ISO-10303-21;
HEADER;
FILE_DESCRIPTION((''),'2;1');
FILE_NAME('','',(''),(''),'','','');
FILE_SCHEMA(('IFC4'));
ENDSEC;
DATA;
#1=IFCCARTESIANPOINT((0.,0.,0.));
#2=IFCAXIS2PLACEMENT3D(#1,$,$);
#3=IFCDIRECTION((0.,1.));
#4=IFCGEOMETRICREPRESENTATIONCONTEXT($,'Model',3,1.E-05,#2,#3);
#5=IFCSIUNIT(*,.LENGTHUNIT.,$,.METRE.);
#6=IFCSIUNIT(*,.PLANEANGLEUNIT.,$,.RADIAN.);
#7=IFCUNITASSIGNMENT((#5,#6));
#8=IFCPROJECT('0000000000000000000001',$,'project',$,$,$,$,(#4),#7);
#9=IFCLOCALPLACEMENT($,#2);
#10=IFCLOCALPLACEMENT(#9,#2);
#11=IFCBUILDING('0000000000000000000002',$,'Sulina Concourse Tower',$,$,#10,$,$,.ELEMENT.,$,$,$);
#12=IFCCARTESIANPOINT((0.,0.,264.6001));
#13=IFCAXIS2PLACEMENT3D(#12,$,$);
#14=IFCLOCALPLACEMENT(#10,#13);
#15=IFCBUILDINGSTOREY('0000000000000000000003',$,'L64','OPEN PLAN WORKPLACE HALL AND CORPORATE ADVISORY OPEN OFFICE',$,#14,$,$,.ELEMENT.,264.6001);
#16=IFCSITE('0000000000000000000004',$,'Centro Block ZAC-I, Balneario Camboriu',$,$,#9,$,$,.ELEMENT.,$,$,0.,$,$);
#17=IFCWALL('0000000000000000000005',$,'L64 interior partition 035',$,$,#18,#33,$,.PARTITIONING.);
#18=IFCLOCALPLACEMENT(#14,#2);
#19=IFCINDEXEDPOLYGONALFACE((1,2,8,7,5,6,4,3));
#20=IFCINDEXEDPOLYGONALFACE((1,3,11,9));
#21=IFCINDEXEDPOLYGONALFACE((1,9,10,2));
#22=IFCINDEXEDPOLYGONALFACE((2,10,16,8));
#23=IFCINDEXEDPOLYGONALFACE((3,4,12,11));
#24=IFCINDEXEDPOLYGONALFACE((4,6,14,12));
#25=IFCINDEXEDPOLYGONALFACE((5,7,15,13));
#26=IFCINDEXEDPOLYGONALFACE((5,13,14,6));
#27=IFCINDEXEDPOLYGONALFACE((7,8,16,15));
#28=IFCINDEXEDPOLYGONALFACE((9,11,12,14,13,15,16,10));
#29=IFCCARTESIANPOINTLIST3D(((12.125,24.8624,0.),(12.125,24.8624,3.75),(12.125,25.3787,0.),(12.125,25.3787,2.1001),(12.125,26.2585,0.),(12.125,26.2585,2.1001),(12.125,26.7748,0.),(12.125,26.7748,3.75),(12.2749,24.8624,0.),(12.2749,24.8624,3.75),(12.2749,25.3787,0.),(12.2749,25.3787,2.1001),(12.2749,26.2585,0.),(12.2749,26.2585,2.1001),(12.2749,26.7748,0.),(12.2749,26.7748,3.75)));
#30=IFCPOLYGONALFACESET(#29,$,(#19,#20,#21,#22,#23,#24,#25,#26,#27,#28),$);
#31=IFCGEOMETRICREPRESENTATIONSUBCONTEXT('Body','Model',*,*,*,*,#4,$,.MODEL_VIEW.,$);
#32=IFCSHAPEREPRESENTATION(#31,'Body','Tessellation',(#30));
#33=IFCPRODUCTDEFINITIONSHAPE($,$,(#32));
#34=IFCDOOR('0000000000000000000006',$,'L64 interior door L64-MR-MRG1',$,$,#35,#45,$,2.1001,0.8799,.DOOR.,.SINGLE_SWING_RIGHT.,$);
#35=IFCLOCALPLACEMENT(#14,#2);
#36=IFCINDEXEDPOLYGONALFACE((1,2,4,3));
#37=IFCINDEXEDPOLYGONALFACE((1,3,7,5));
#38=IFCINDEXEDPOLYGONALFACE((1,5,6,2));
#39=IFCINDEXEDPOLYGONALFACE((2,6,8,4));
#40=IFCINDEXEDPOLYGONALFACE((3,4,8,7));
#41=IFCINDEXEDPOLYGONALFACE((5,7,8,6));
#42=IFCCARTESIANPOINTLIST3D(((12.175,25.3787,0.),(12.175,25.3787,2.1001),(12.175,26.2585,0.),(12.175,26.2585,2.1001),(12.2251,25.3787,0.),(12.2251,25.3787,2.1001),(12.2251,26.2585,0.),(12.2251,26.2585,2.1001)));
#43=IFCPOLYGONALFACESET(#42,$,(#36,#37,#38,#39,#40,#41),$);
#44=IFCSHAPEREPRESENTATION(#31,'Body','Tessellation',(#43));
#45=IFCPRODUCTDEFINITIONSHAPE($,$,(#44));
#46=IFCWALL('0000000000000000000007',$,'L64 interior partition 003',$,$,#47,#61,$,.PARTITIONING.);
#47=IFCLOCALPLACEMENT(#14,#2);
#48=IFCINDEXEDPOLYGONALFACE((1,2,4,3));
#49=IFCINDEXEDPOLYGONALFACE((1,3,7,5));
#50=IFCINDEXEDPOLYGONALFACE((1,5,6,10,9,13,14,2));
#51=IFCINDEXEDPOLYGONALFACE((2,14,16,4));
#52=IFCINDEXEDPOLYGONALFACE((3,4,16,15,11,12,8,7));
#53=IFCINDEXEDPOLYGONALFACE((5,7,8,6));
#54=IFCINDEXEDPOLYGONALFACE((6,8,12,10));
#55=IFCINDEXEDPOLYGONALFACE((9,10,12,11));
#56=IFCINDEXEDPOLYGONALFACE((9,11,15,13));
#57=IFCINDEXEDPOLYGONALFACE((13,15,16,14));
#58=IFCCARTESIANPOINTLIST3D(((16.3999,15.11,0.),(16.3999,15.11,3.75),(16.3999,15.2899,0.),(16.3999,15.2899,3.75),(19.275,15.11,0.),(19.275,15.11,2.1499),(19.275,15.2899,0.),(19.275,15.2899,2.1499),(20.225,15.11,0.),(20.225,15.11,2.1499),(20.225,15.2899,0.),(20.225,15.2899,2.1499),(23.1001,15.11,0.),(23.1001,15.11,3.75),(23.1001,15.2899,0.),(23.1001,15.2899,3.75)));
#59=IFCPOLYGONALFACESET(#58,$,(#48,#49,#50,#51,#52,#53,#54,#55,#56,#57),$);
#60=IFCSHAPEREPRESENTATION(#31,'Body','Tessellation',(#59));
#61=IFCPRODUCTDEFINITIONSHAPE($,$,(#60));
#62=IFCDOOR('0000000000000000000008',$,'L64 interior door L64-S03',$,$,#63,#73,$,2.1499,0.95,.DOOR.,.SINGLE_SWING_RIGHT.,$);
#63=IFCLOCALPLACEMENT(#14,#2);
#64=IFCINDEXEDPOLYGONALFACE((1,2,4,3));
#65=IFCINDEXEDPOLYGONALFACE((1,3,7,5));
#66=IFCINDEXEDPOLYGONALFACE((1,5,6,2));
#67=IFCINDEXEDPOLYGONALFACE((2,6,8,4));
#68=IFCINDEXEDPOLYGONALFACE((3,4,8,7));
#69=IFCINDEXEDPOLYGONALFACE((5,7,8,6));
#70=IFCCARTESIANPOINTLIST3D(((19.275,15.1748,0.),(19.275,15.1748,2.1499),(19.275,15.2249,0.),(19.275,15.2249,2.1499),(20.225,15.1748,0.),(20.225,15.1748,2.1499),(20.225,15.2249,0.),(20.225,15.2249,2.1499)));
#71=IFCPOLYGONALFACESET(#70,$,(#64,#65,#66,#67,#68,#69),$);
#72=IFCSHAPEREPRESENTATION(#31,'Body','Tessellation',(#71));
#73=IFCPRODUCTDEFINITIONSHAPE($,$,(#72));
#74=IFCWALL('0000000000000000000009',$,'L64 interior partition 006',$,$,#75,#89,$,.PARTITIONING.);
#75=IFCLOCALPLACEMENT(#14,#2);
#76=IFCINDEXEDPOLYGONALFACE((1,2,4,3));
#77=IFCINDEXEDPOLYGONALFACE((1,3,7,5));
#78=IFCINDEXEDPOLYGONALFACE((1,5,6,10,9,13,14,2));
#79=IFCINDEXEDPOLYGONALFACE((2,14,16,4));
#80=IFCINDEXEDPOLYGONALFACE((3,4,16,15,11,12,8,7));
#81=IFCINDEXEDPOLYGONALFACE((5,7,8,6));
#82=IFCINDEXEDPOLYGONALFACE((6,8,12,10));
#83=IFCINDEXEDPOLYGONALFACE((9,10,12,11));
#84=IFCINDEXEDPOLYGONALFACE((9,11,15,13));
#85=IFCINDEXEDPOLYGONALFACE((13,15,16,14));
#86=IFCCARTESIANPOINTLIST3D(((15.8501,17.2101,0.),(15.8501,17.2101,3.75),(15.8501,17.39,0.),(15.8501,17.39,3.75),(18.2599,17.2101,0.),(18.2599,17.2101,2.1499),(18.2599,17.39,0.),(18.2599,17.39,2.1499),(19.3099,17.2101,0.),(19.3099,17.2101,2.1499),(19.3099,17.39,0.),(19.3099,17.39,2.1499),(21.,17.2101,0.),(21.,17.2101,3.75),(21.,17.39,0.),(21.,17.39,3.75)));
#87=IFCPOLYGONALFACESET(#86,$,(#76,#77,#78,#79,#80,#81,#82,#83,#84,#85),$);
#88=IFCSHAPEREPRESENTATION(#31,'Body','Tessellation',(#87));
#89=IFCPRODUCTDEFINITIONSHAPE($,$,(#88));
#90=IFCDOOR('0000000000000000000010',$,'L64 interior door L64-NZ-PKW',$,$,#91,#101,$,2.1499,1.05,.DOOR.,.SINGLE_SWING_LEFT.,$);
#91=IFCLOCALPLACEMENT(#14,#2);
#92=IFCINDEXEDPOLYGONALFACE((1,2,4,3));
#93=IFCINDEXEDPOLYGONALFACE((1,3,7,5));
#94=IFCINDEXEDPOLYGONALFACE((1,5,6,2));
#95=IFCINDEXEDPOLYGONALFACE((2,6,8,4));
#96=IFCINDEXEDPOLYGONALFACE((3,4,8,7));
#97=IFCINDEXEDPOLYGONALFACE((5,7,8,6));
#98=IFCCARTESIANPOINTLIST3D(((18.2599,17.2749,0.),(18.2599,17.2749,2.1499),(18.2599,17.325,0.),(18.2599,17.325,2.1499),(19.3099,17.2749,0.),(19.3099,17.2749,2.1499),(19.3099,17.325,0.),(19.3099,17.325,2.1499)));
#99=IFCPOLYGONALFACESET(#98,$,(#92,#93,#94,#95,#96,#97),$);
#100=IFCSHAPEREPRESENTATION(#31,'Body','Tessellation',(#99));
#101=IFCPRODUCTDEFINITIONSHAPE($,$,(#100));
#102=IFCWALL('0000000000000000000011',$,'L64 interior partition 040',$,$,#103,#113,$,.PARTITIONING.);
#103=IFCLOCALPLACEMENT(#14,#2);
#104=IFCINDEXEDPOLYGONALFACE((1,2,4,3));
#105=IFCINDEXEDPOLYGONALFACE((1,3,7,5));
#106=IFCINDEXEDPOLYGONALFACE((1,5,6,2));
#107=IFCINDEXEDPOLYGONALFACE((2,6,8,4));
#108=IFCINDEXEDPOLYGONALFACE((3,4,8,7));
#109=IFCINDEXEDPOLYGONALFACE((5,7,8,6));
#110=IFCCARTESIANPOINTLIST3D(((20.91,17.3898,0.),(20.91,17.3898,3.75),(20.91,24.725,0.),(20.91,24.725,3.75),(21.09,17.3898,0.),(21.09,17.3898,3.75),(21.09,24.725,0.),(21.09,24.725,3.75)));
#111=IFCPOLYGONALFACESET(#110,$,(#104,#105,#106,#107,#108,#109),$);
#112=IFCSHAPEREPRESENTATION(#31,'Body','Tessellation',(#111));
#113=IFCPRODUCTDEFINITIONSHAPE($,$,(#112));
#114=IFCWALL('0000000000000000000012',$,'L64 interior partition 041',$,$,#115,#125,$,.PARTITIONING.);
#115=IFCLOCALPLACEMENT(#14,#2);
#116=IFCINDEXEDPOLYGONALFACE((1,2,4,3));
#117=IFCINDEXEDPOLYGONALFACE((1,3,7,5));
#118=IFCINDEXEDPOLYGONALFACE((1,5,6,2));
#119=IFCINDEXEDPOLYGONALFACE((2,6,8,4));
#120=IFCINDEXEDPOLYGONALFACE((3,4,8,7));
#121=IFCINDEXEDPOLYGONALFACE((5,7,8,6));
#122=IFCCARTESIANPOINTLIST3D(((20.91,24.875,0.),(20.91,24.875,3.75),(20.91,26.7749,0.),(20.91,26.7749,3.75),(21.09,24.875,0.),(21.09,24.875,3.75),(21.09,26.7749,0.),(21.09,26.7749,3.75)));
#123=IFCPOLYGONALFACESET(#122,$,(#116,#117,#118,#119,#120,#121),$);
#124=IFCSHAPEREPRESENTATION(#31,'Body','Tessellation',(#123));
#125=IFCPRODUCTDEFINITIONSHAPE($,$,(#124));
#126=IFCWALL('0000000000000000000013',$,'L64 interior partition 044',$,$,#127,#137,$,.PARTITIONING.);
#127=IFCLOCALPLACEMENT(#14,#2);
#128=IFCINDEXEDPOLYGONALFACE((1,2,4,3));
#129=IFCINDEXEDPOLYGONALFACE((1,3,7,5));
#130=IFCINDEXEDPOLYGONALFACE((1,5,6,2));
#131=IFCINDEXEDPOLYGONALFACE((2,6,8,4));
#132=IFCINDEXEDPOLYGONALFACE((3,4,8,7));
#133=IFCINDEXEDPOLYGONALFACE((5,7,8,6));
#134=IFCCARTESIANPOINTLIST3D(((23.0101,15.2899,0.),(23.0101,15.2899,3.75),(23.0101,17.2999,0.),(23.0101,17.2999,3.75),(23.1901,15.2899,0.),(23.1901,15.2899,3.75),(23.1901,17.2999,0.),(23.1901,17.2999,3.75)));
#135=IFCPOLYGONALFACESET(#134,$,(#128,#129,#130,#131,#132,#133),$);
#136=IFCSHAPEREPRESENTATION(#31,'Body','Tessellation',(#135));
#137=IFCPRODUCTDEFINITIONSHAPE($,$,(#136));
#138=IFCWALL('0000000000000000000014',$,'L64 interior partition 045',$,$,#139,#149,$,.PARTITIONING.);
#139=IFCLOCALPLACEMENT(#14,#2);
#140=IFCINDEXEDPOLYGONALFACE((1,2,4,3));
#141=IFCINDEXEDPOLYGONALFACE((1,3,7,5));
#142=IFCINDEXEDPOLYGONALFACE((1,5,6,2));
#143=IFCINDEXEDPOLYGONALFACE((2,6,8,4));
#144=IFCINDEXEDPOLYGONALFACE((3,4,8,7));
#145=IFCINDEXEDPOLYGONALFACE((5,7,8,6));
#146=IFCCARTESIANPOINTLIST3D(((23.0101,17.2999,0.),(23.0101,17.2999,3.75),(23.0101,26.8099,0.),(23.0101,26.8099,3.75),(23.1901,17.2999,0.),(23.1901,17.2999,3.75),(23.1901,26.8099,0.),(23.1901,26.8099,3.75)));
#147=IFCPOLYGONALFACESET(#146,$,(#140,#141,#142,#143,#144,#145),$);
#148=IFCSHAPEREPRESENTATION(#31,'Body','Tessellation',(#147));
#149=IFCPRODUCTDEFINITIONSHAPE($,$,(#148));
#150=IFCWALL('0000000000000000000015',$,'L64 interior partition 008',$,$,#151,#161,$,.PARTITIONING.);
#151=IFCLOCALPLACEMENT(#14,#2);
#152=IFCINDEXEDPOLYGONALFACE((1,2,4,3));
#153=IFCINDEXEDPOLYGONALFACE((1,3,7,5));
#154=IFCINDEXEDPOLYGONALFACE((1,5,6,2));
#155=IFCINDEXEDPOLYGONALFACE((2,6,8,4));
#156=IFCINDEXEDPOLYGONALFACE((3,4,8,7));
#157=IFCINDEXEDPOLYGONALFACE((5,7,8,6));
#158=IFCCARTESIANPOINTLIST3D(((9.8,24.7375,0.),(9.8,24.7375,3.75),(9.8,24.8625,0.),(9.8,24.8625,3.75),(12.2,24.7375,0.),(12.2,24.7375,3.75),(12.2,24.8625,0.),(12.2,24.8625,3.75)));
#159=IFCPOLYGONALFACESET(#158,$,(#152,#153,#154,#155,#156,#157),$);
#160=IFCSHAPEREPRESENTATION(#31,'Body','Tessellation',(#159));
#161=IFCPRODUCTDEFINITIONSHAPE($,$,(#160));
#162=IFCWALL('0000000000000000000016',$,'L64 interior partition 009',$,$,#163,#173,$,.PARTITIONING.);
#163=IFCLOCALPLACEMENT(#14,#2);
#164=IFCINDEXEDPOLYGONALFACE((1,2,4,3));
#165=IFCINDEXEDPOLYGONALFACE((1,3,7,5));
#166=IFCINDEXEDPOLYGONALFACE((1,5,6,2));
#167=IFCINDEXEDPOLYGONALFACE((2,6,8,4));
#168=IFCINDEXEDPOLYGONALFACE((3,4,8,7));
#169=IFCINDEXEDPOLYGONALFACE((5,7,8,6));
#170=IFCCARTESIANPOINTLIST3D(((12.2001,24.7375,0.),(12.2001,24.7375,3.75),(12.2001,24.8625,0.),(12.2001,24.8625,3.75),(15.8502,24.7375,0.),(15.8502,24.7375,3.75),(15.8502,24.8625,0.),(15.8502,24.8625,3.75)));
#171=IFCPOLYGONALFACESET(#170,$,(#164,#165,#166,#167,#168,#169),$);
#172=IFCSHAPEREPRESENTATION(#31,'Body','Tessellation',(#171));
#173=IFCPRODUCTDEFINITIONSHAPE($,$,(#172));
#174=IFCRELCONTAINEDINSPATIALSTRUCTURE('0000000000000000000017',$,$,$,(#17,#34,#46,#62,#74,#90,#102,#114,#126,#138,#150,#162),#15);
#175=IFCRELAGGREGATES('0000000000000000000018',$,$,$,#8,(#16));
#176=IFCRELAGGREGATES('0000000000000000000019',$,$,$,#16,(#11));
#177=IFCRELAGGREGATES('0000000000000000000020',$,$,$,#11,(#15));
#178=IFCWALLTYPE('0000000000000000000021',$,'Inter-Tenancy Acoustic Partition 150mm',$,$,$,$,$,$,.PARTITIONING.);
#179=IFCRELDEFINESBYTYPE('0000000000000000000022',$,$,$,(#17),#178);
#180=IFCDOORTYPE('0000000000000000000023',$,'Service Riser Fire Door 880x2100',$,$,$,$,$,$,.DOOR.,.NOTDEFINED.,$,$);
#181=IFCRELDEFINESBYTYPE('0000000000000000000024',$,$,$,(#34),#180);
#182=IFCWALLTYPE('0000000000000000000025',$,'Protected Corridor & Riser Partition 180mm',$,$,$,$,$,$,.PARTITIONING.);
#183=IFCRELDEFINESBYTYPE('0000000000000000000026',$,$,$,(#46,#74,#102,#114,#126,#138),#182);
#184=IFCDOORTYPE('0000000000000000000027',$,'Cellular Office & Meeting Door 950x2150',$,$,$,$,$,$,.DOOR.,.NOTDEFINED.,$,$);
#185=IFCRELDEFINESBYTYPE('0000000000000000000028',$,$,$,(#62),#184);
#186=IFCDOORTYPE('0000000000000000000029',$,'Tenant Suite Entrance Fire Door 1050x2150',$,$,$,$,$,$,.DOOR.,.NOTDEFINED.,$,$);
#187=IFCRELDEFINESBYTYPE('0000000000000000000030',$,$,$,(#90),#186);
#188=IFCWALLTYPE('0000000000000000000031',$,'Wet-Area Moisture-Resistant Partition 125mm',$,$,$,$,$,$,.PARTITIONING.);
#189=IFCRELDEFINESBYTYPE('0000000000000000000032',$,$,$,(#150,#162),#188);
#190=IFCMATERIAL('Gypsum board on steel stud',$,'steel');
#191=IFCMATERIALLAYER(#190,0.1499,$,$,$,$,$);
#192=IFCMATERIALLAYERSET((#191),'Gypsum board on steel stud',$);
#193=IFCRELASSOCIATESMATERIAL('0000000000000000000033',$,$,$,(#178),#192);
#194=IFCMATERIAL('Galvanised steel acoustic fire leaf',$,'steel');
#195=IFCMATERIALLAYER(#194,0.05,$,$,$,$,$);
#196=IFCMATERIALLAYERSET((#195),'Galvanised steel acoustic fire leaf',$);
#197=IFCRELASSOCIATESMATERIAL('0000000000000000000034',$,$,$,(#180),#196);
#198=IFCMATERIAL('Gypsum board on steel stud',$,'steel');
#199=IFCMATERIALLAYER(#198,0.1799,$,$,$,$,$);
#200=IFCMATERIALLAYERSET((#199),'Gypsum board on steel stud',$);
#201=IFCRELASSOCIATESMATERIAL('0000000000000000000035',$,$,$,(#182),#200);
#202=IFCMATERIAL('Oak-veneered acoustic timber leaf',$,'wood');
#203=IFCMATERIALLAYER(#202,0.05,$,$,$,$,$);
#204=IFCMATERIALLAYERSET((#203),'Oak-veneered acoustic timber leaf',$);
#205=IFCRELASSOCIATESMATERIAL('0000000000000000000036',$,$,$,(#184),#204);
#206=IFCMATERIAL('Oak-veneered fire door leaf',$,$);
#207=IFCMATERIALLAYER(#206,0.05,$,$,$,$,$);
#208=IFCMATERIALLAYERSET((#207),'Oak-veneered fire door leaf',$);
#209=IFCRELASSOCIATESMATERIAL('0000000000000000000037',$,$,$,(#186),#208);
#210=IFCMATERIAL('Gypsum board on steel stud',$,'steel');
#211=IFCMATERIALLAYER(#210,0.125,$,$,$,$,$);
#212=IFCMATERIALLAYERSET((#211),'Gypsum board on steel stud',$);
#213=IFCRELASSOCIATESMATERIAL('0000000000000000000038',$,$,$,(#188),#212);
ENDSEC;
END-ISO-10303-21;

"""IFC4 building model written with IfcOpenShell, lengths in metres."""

from ifc_helpers import new_model, si_unit, direction, frame, frame_2d, origin, place, context, subcontext, project, spatial, rectangle, extrude, material, layer, layer_set, type_object, element, fill, save


model = new_model("IFC4")

# Units and contexts
model_context = context("Model", 3, precision=1e-05, world=origin(), true_north=direction((0.0, 1.0)))
body_context = subcontext(model_context, "Body", "Model", "MODEL_VIEW")
ifc_project = project(units=[si_unit("LENGTHUNIT", "METRE"), si_unit("PLANEANGLEUNIT", "RADIAN")], contexts=[model_context])

# Site, building, storey
site_placement = place(None, origin())
site = spatial("IfcSite", under=ifc_project, at=site_placement, Name="Centro Block ZAC-I, Balneario Camboriu", CompositionType="ELEMENT", RefElevation=0.0)
building_placement = place(site_placement, origin())
building = spatial("IfcBuilding", under=site, at=building_placement, Name="Sulina Concourse Tower", CompositionType="ELEMENT")
storey_placement = place(building_placement, frame((0.0, 0.0, 264.6001)))
storey = spatial("IfcBuildingStorey", under=building, at=storey_placement, Name="L64", Description="OPEN PLAN WORKPLACE HALL AND CORPORATE ADVISORY OPEN OFFICE", CompositionType="ELEMENT", Elevation=264.6001)

# Shared definitions
ifc_material_1 = material(Name="Gypsum board on steel stud", Category="steel")
ifc_layer_1 = layer(ifc_material_1, 0.1499)
ifc_layer_set_1 = layer_set([ifc_layer_1], Name="Gypsum board on steel stud")
wall_type_1 = type_object("IfcWallType", Name="Inter-Tenancy Acoustic Partition 150mm", PredefinedType="PARTITIONING", material=ifc_layer_set_1)

# Walls, openings, doors
wall_1_placement = place(storey_placement, frame((12.2, 24.8625, 0.0), z_axis=(0.0, 0.0, 1.0), x_axis=(0.0, 1.0, 0.0)))
wall_1 = element("IfcWall", 1, at=wall_1_placement, inside=storey, type_object=wall_type_1, Name="L64 interior partition 035", PredefinedType="PARTITIONING", context=body_context, shape_type="SweptSolid", body=[
    extrude(rectangle(XDim=1.9124, YDim=0.1499, at=frame_2d((0.9561, 0.0))), origin(), (0.0, 0.0, 1.0), 3.75),
])
opening_1_placement = place(wall_1_placement, frame((0.5161, 0.0, 0.0)))
opening_1 = element("IfcOpeningElement", 2, at=opening_1_placement, cuts=wall_1, PredefinedType="OPENING", context=body_context, shape_type="SweptSolid", body=[
    extrude(rectangle(XDim=0.8799, YDim=2.1001, at=frame_2d((0.4399, 1.05))), frame((0.0, 0.085, 0.0), z_axis=(0.0, -1.0, 0.0), x_axis=(1.0, 0.0, 0.0)), (0.0, 0.0, 1.0), 0.1699),
])
ifc_material_2 = material(Name="Galvanised steel acoustic fire leaf", Category="steel")
ifc_layer_2 = layer(ifc_material_2, 0.05)
ifc_layer_set_2 = layer_set([ifc_layer_2], Name="Galvanised steel acoustic fire leaf")
door_type_1 = type_object("IfcDoorType", Name="Service Riser Fire Door 880x2100", OperationType="NOTDEFINED", PredefinedType="DOOR", material=ifc_layer_set_2)
door_1_placement = place(opening_1_placement, origin())
door_1 = element("IfcDoor", 3, at=door_1_placement, inside=storey, type_object=door_type_1, Name="L64 interior door L64-MR-MRG1", OperationType="SINGLE_SWING_RIGHT", OverallHeight=2.1001, OverallWidth=0.8799, PredefinedType="DOOR", context=body_context, shape_type="SweptSolid", body=[
    extrude(rectangle(XDim=0.8799, YDim=2.1001, at=frame_2d((0.4399, 1.05))), frame((0.0, 0.0249, 0.0), z_axis=(0.0, -1.0, 0.0), x_axis=(1.0, 0.0, 0.0)), (0.0, 0.0, 1.0), 0.05),
])
fill(opening_1, door_1)
ifc_material_3 = material(Name="Gypsum board on steel stud", Category="steel")
ifc_layer_3 = layer(ifc_material_3, 0.1799)
ifc_layer_set_3 = layer_set([ifc_layer_3], Name="Gypsum board on steel stud")
wall_type_2 = type_object("IfcWallType", Name="Protected Corridor & Riser Partition 180mm", PredefinedType="PARTITIONING", material=ifc_layer_set_3)
wall_2_placement = place(storey_placement, frame((16.3999, 15.2, 0.0), z_axis=(0.0, 0.0, 1.0), x_axis=(1.0, 0.0, 0.0)))
wall_2 = element("IfcWall", 4, at=wall_2_placement, inside=storey, type_object=wall_type_2, Name="L64 interior partition 003", PredefinedType="PARTITIONING", context=body_context, shape_type="SweptSolid", body=[
    extrude(rectangle(XDim=6.7002, YDim=0.1799, at=frame_2d((3.3501, 0.0))), origin(), (0.0, 0.0, 1.0), 3.75),
])
opening_2_placement = place(wall_2_placement, frame((2.875, 0.0, 0.0)))
opening_2 = element("IfcOpeningElement", 5, at=opening_2_placement, cuts=wall_2, PredefinedType="OPENING", context=body_context, shape_type="SweptSolid", body=[
    extrude(rectangle(XDim=0.95, YDim=2.1499, at=frame_2d((0.4751, 1.075))), frame((0.0, 0.0999, 0.0), z_axis=(0.0, -1.0, 0.0), x_axis=(1.0, 0.0, 0.0)), (0.0, 0.0, 1.0), 0.2),
])
ifc_material_4 = material(Name="Oak-veneered acoustic timber leaf", Category="wood")
ifc_layer_4 = layer(ifc_material_4, 0.05)
ifc_layer_set_4 = layer_set([ifc_layer_4], Name="Oak-veneered acoustic timber leaf")
door_type_2 = type_object("IfcDoorType", Name="Cellular Office & Meeting Door 950x2150", OperationType="NOTDEFINED", PredefinedType="DOOR", material=ifc_layer_set_4)
door_2_placement = place(opening_2_placement, origin())
door_2 = element("IfcDoor", 6, at=door_2_placement, inside=storey, type_object=door_type_2, Name="L64 interior door L64-S03", OperationType="SINGLE_SWING_RIGHT", OverallHeight=2.1499, OverallWidth=0.95, PredefinedType="DOOR", context=body_context, shape_type="SweptSolid", body=[
    extrude(rectangle(XDim=0.95, YDim=2.1499, at=frame_2d((0.4751, 1.075))), frame((0.0, 0.0249, 0.0), z_axis=(0.0, -1.0, 0.0), x_axis=(1.0, 0.0, 0.0)), (0.0, 0.0, 1.0), 0.05),
])
fill(opening_2, door_2)
wall_3_placement = place(storey_placement, frame((15.8501, 17.3, 0.0), z_axis=(0.0, 0.0, 1.0), x_axis=(1.0, 0.0, 0.0)))
wall_3 = element("IfcWall", 7, at=wall_3_placement, inside=storey, type_object=wall_type_2, Name="L64 interior partition 006", PredefinedType="PARTITIONING", context=body_context, shape_type="SweptSolid", body=[
    extrude(rectangle(XDim=5.1499, YDim=0.1799, at=frame_2d((2.575, 0.0))), origin(), (0.0, 0.0, 1.0), 3.75),
])
opening_3_placement = place(wall_3_placement, frame((2.4099, 0.0, 0.0)))
opening_3 = element("IfcOpeningElement", 8, at=opening_3_placement, cuts=wall_3, PredefinedType="OPENING", context=body_context, shape_type="SweptSolid", body=[
    extrude(rectangle(XDim=1.05, YDim=2.1499, at=frame_2d((0.5249, 1.075))), frame((0.0, 0.0999, 0.0), z_axis=(0.0, -1.0, 0.0), x_axis=(1.0, 0.0, 0.0)), (0.0, 0.0, 1.0), 0.2),
])
ifc_material_5 = material(Name="Oak-veneered fire door leaf")
ifc_layer_5 = layer(ifc_material_5, 0.05)
ifc_layer_set_5 = layer_set([ifc_layer_5], Name="Oak-veneered fire door leaf")
door_type_3 = type_object("IfcDoorType", Name="Tenant Suite Entrance Fire Door 1050x2150", OperationType="NOTDEFINED", PredefinedType="DOOR", material=ifc_layer_set_5)
door_3_placement = place(opening_3_placement, origin())
door_3 = element("IfcDoor", 9, at=door_3_placement, inside=storey, type_object=door_type_3, Name="L64 interior door L64-NZ-PKW", OperationType="SINGLE_SWING_LEFT", OverallHeight=2.1499, OverallWidth=1.05, PredefinedType="DOOR", context=body_context, shape_type="SweptSolid", body=[
    extrude(rectangle(XDim=1.05, YDim=2.1499, at=frame_2d((0.5249, 1.075))), frame((0.0, 0.0249, 0.0), z_axis=(0.0, -1.0, 0.0), x_axis=(1.0, 0.0, 0.0)), (0.0, 0.0, 1.0), 0.05),
])
fill(opening_3, door_3)

# Walls
wall_4_placement = place(storey_placement, frame((21.0, 17.3899, 0.0), z_axis=(0.0, 0.0, 1.0), x_axis=(0.0, 1.0, 0.0)))
element("IfcWall", 10, at=wall_4_placement, inside=storey, type_object=wall_type_2, Name="L64 interior partition 040", PredefinedType="PARTITIONING", context=body_context, shape_type="SweptSolid", body=[
    extrude(rectangle(XDim=7.3352, YDim=0.1799, at=frame_2d((3.6675, 0.0))), origin(), (0.0, 0.0, 1.0), 3.75),
])
wall_5_placement = place(storey_placement, frame((21.0, 24.875, 0.0), z_axis=(0.0, 0.0, 1.0), x_axis=(0.0, 1.0, 0.0)))
element("IfcWall", 11, at=wall_5_placement, inside=storey, type_object=wall_type_2, Name="L64 interior partition 041", PredefinedType="PARTITIONING", context=body_context, shape_type="SweptSolid", body=[
    extrude(rectangle(XDim=1.8999, YDim=0.1799, at=frame_2d((0.95, 0.0))), origin(), (0.0, 0.0, 1.0), 3.75),
])
wall_6_placement = place(storey_placement, frame((23.1001, 15.29, 0.0), z_axis=(0.0, 0.0, 1.0), x_axis=(0.0, 1.0, 0.0)))
element("IfcWall", 12, at=wall_6_placement, inside=storey, type_object=wall_type_2, Name="L64 interior partition 044", PredefinedType="PARTITIONING", context=body_context, shape_type="SweptSolid", body=[
    extrude(rectangle(XDim=2.01, YDim=0.1799, at=frame_2d((1.0049, 0.0))), origin(), (0.0, 0.0, 1.0), 3.75),
])
wall_7_placement = place(storey_placement, frame((23.1001, 17.3, 0.0), z_axis=(0.0, 0.0, 1.0), x_axis=(0.0, 1.0, 0.0)))
element("IfcWall", 13, at=wall_7_placement, inside=storey, type_object=wall_type_2, Name="L64 interior partition 045", PredefinedType="PARTITIONING", context=body_context, shape_type="SweptSolid", body=[
    extrude(rectangle(XDim=9.51, YDim=0.1799, at=frame_2d((4.7549, 0.0))), origin(), (0.0, 0.0, 1.0), 3.75),
])
ifc_material_6 = material(Name="Gypsum board on steel stud", Category="steel")
ifc_layer_6 = layer(ifc_material_6, 0.125)
ifc_layer_set_6 = layer_set([ifc_layer_6], Name="Gypsum board on steel stud")
wall_type_3 = type_object("IfcWallType", Name="Wet-Area Moisture-Resistant Partition 125mm", PredefinedType="PARTITIONING", material=ifc_layer_set_6)
wall_8_placement = place(storey_placement, frame((9.8, 24.8, 0.0), z_axis=(0.0, 0.0, 1.0), x_axis=(1.0, 0.0, 0.0)))
element("IfcWall", 14, at=wall_8_placement, inside=storey, type_object=wall_type_3, Name="L64 interior partition 008", PredefinedType="PARTITIONING", context=body_context, shape_type="SweptSolid", body=[
    extrude(rectangle(XDim=2.3999, YDim=0.125, at=frame_2d((1.2, 0.0))), origin(), (0.0, 0.0, 1.0), 3.75),
])
wall_9_placement = place(storey_placement, frame((12.2, 24.8, 0.0), z_axis=(0.0, 0.0, 1.0), x_axis=(1.0, 0.0, 0.0)))
element("IfcWall", 15, at=wall_9_placement, inside=storey, type_object=wall_type_3, Name="L64 interior partition 009", PredefinedType="PARTITIONING", context=body_context, shape_type="SweptSolid", body=[
    extrude(rectangle(XDim=3.6501, YDim=0.125, at=frame_2d((1.8252, 0.0))), origin(), (0.0, 0.0, 1.0), 3.75),
])

save(model, "model.ifc")
